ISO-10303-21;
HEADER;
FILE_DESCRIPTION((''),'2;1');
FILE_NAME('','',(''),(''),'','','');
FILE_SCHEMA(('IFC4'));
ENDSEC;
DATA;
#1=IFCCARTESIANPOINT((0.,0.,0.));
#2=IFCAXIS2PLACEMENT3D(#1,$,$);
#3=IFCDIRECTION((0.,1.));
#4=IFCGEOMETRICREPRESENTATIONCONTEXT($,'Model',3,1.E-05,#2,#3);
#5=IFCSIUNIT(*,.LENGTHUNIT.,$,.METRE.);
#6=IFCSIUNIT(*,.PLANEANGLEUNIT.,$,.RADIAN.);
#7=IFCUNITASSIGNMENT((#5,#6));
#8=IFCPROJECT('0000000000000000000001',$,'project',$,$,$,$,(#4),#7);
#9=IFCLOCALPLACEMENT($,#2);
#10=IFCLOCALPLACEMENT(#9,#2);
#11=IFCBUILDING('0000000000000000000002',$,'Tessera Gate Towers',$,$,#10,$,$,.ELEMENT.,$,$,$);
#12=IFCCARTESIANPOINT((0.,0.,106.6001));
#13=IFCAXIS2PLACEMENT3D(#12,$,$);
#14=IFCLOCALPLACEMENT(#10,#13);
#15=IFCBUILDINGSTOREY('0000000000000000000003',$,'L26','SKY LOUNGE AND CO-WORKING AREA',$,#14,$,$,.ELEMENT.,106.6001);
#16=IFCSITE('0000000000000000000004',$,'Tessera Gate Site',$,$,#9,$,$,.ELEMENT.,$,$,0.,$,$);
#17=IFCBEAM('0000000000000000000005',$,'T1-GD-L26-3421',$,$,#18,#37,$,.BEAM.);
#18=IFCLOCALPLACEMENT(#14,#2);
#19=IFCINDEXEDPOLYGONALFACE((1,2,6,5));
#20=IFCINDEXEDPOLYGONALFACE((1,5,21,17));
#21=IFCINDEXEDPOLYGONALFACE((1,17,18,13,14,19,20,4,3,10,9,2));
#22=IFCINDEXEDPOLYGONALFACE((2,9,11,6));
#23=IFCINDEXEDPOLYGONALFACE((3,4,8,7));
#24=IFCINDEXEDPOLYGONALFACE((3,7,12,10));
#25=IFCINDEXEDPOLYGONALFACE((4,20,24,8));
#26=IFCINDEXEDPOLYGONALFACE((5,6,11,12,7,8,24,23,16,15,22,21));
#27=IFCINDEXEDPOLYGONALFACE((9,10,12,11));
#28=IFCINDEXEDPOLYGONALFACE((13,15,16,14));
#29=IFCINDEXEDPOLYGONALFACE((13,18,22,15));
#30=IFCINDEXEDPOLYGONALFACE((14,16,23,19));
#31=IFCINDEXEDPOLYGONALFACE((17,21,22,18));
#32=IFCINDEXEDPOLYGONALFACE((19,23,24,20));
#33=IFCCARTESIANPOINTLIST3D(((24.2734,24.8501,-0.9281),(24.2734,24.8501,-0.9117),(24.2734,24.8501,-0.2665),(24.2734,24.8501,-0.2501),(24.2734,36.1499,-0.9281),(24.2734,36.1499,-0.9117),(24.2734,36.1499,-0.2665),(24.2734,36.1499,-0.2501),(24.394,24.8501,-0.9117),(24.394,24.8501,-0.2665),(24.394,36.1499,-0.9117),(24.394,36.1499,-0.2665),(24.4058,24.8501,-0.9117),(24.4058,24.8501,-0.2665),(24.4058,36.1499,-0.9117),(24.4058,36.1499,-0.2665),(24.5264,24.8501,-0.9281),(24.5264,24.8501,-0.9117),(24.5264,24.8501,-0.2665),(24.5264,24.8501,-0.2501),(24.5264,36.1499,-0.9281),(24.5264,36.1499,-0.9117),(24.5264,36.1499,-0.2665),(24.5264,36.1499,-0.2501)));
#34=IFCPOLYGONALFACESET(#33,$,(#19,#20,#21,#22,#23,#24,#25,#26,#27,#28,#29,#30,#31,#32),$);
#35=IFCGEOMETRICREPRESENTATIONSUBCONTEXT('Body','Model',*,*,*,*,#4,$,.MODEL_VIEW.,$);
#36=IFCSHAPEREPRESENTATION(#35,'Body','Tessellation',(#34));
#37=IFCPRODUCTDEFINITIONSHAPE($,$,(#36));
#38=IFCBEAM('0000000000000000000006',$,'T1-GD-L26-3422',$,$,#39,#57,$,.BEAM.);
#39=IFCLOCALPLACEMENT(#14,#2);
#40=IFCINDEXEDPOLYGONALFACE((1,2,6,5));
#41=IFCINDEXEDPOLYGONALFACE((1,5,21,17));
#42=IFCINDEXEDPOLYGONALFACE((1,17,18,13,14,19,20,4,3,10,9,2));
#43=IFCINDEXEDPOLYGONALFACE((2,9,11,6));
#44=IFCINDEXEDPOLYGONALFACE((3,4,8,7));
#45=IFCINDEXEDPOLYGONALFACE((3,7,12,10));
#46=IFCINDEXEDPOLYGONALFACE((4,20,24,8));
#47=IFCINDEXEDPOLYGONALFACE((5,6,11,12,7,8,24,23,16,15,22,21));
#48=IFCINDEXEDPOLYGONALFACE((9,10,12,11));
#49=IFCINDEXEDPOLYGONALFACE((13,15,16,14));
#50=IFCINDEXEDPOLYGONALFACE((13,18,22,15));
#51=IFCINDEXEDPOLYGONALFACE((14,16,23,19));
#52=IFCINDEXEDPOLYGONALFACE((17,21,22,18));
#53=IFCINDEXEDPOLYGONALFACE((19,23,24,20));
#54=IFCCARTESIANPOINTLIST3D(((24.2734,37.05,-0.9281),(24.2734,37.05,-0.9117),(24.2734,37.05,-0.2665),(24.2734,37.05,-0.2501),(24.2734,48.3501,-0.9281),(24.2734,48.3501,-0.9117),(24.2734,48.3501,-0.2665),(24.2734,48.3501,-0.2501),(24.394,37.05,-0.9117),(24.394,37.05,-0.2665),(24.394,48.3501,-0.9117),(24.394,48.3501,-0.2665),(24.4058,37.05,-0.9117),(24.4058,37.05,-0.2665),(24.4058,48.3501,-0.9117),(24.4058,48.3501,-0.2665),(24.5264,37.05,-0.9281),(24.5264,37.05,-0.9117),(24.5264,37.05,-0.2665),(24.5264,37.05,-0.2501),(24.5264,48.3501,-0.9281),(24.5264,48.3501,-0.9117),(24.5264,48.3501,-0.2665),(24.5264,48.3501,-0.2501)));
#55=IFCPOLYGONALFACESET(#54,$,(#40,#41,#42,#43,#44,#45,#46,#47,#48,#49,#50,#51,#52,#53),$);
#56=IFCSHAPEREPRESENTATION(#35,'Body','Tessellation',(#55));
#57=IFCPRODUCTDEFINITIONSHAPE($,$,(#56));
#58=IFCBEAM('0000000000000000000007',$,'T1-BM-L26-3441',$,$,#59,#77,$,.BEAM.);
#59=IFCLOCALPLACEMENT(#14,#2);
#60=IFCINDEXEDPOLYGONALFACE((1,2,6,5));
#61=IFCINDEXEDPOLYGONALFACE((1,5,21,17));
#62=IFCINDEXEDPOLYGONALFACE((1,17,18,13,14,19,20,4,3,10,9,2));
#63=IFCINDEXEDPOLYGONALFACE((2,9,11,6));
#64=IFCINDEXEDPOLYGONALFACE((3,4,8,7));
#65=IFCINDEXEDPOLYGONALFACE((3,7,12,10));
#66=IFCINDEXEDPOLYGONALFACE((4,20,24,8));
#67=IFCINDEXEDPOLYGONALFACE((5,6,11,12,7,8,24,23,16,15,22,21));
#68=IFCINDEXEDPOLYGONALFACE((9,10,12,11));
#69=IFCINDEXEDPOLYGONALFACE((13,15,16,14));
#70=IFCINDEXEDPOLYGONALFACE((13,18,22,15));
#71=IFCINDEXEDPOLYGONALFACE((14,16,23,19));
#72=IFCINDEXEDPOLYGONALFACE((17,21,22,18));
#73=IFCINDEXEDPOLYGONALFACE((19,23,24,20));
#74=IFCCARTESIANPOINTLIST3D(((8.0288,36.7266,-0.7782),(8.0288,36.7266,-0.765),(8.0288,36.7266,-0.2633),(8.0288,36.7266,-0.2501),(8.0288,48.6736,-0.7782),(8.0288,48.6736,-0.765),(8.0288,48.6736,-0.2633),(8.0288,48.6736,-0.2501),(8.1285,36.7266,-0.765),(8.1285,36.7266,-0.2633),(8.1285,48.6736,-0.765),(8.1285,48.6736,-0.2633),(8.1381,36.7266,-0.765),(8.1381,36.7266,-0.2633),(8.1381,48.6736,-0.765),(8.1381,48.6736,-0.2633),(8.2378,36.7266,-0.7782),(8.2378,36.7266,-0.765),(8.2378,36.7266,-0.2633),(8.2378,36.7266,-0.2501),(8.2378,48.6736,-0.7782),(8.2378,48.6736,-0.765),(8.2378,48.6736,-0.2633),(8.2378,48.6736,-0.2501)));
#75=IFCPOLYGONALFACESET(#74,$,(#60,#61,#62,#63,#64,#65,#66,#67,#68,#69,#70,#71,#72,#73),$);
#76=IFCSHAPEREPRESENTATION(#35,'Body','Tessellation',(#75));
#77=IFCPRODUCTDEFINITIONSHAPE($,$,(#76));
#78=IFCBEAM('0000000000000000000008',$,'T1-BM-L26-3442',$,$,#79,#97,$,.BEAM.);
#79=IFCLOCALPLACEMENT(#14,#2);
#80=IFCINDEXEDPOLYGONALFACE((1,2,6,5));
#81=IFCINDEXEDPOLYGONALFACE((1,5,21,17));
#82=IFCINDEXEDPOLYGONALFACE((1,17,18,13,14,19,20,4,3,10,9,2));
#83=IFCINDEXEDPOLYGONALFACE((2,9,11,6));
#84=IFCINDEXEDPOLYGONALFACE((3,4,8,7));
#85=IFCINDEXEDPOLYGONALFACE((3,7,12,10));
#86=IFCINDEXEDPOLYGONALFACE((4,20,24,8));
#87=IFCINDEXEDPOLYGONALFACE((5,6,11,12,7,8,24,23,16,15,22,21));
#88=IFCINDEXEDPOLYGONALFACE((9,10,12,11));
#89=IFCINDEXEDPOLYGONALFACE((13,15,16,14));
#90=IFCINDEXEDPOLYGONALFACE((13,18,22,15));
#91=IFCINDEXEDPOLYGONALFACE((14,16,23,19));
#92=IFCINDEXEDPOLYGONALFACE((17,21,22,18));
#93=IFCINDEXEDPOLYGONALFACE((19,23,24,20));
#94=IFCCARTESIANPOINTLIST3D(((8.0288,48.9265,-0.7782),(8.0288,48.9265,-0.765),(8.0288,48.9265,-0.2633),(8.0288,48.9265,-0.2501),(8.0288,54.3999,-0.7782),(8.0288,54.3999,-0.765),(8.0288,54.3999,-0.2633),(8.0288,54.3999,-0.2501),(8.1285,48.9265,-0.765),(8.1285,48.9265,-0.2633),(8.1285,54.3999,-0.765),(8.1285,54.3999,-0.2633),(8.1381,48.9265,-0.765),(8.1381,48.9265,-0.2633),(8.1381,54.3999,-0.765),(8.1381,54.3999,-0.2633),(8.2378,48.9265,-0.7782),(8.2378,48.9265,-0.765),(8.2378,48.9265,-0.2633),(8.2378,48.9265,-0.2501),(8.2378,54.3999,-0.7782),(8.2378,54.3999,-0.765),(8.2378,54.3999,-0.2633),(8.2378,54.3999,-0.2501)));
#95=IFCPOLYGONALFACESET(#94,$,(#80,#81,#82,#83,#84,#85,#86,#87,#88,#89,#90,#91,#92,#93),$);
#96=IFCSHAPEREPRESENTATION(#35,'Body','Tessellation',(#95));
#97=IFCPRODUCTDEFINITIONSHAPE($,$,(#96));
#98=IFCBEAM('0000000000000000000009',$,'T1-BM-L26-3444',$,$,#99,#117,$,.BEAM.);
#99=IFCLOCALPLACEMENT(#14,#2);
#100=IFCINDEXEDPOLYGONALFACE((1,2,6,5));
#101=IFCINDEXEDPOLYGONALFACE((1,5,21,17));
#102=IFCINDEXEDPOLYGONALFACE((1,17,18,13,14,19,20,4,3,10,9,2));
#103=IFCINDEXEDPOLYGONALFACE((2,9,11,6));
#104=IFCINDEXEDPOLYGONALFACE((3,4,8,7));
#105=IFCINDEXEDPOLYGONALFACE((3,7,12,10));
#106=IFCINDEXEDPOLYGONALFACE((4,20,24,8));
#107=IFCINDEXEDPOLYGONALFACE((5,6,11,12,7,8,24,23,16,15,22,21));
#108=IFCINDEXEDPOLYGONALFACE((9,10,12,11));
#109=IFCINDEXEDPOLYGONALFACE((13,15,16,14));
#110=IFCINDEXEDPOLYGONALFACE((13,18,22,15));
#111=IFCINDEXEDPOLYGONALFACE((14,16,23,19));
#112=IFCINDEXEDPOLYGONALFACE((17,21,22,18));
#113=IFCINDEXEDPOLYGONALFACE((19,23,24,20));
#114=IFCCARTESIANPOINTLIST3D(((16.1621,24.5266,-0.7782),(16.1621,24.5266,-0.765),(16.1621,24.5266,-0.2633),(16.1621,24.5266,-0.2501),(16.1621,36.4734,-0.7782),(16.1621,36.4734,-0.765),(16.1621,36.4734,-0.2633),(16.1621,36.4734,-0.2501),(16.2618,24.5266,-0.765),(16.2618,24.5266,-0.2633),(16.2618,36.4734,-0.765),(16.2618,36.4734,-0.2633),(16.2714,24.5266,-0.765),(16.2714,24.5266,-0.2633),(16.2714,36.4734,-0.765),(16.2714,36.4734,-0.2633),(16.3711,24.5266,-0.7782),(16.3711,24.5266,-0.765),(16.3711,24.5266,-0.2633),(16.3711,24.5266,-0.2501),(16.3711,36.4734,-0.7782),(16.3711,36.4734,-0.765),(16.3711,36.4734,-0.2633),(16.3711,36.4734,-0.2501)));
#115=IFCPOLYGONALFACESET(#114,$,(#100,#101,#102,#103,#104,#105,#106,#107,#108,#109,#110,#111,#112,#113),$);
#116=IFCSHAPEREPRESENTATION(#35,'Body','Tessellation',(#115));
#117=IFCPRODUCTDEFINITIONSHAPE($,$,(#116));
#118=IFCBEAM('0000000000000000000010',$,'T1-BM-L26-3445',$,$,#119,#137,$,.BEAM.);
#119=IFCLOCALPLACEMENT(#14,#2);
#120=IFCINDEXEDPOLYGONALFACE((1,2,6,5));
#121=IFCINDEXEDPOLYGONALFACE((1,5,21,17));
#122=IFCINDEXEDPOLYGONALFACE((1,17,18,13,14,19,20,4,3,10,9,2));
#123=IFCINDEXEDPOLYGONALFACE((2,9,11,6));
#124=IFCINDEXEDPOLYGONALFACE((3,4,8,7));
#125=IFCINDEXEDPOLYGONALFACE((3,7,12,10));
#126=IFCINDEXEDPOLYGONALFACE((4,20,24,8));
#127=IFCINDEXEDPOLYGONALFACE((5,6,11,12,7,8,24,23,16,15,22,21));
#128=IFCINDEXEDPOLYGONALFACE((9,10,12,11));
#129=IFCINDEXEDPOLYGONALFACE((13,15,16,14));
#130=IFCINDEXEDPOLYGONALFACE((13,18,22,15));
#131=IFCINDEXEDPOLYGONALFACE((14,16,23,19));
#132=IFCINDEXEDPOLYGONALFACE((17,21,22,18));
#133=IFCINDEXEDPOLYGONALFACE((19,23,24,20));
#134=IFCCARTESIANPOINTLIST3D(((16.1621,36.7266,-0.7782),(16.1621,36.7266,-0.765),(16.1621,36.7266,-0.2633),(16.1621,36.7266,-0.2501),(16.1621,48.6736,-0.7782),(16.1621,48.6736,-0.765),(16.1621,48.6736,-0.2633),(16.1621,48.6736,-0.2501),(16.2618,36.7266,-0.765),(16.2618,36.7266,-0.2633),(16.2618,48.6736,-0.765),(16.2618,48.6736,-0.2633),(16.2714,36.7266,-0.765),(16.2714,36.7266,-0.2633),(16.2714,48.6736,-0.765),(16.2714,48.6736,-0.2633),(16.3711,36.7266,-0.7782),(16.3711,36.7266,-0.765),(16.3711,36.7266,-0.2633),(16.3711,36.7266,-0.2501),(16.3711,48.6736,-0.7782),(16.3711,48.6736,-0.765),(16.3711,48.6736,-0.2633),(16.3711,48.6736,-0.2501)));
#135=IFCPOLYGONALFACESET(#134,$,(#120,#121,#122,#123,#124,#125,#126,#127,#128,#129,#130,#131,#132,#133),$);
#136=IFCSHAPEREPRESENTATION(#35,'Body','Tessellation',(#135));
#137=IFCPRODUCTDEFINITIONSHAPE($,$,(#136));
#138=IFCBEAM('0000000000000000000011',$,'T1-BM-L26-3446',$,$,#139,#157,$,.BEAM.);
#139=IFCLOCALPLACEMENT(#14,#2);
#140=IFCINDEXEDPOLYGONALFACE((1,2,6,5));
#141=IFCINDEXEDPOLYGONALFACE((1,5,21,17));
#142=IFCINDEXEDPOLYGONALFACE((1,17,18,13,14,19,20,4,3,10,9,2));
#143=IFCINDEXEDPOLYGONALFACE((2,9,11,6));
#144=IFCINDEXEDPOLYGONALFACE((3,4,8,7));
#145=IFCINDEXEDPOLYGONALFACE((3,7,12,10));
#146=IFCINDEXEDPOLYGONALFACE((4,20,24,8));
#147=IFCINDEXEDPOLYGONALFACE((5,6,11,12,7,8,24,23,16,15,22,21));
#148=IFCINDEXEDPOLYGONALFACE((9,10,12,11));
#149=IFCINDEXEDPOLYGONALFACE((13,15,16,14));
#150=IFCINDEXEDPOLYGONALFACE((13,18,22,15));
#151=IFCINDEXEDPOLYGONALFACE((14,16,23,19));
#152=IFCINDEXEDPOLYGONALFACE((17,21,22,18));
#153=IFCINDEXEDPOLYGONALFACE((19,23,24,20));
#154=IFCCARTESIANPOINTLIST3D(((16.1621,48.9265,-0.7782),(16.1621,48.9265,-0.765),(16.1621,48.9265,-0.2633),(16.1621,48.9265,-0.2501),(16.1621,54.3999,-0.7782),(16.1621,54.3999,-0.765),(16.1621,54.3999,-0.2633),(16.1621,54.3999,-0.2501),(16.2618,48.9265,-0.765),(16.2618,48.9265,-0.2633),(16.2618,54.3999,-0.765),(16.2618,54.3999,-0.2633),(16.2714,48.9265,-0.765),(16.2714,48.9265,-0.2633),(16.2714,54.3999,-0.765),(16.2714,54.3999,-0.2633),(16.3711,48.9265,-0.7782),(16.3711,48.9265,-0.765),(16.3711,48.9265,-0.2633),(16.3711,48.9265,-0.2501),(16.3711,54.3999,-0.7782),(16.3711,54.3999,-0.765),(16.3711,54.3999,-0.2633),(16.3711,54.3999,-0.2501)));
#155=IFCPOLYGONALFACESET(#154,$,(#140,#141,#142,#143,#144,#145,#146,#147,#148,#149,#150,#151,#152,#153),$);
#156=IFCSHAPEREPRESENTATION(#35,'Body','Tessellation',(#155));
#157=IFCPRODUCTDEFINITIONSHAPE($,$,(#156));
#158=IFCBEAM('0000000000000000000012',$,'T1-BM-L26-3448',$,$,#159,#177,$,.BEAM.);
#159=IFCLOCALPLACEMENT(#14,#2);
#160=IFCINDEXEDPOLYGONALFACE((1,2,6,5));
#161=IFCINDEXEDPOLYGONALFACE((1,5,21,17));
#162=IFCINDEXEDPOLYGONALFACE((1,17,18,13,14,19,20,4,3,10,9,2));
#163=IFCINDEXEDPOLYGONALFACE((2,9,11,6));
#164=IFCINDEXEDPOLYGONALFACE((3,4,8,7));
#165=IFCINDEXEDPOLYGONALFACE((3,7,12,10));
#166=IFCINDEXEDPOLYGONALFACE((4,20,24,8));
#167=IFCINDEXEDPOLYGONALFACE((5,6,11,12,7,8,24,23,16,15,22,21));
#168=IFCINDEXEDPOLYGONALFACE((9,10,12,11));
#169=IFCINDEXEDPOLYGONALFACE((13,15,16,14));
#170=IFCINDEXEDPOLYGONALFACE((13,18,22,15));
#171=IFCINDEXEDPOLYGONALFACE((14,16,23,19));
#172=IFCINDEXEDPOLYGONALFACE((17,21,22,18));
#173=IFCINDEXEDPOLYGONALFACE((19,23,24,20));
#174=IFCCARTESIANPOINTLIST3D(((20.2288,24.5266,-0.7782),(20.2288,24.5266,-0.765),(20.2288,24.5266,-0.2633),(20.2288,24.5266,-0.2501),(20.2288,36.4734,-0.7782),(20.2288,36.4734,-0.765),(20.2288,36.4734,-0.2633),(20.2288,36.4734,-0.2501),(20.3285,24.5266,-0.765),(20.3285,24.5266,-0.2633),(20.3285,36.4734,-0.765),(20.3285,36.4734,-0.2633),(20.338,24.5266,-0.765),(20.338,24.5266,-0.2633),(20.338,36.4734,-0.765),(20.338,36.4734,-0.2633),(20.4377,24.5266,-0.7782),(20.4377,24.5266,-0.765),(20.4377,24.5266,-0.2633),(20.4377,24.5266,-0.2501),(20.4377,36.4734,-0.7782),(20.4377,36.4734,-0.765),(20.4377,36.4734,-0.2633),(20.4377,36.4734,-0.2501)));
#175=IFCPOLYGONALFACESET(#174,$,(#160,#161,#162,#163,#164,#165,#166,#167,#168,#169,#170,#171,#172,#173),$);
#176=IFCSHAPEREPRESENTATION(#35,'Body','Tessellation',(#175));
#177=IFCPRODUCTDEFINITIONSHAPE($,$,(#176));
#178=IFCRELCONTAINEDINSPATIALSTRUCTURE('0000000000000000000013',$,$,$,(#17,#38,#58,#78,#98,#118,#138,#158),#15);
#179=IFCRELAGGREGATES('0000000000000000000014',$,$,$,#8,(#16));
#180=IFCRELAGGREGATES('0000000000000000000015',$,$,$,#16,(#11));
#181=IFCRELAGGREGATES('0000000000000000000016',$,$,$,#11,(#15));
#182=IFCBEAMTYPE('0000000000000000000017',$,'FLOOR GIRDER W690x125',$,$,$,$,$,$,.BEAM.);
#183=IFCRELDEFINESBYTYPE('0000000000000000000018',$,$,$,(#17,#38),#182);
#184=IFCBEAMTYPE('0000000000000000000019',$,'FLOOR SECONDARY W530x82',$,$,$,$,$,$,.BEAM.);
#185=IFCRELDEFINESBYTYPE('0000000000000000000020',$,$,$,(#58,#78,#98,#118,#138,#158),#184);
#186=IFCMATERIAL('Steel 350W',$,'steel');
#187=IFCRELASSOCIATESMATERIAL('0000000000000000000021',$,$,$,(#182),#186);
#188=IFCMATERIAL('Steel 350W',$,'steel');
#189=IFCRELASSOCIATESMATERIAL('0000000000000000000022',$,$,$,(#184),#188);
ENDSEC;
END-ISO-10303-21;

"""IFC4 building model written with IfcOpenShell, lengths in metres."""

from ifc_helpers import new_model, si_unit, direction, frame, origin, origin_2d, place, context, subcontext, project, spatial, i_section, extrude, material, material_profile, profile_set, type_object, element, save


model = new_model("IFC4")

# Units and contexts
model_context = context("Model", 3, precision=1e-05, world=origin(), true_north=direction((0.0, 1.0)))
body_context = subcontext(model_context, "Body", "Model", "MODEL_VIEW")
ifc_project = project(units=[si_unit("LENGTHUNIT", "METRE"), si_unit("PLANEANGLEUNIT", "RADIAN")], contexts=[model_context])

# Site, building, storey
site_placement = place(None, origin())
site = spatial("IfcSite", under=ifc_project, at=site_placement, Name="Tessera Gate Site", CompositionType="ELEMENT", RefElevation=0.0)
building_placement = place(site_placement, origin())
building = spatial("IfcBuilding", under=site, at=building_placement, Name="Tessera Gate Towers", CompositionType="ELEMENT")
storey_placement = place(building_placement, frame((0.0, 0.0, 106.6001)))
storey = spatial("IfcBuildingStorey", under=building, at=storey_placement, Name="L26", Description="SKY LOUNGE AND CO-WORKING AREA", CompositionType="ELEMENT", Elevation=106.6001)

# Beams
ifc_material_1 = material(Name="Steel 350W", Category="steel")
ifc_material_profile_1 = material_profile(ifc_material_1, i_section(OverallWidth=0.2529, OverallDepth=0.678, WebThickness=0.0117, FlangeThickness=0.0164, at=origin_2d()), Name="W690x125")
ifc_profile_set_1 = profile_set([ifc_material_profile_1], Name="Steel 350W")
beam_type_1 = type_object("IfcBeamType", Name="FLOOR GIRDER W690x125", PredefinedType="BEAM", material=ifc_profile_set_1)
beam_1_placement = place(storey_placement, frame((24.3999, 24.8501, -0.5891), z_axis=(0.0, 1.0, 0.0), x_axis=(-1.0, 0.0, 0.0)))
element("IfcBeam", 1, at=beam_1_placement, inside=storey, type_object=beam_type_1, Name="T1-GD-L26-3421", PredefinedType="BEAM", context=body_context, shape_type="SweptSolid", body=[
    extrude(i_section(OverallWidth=0.2529, OverallDepth=0.678, WebThickness=0.0117, FlangeThickness=0.0164, at=origin_2d()), origin(), (0.0, 0.0, 1.0), 11.2998),
])
beam_2_placement = place(storey_placement, frame((24.3999, 37.05, -0.5891), z_axis=(0.0, 1.0, 0.0), x_axis=(-1.0, 0.0, 0.0)))
element("IfcBeam", 2, at=beam_2_placement, inside=storey, type_object=beam_type_1, Name="T1-GD-L26-3422", PredefinedType="BEAM", context=body_context, shape_type="SweptSolid", body=[
    extrude(i_section(OverallWidth=0.2529, OverallDepth=0.678, WebThickness=0.0117, FlangeThickness=0.0164, at=origin_2d()), origin(), (0.0, 0.0, 1.0), 11.3),
])
ifc_material_2 = material(Name="Steel 350W", Category="steel")
ifc_material_profile_2 = material_profile(ifc_material_2, i_section(OverallWidth=0.209, OverallDepth=0.5281, WebThickness=0.0095, FlangeThickness=0.0132, at=origin_2d()), Name="W530x82")
ifc_profile_set_2 = profile_set([ifc_material_profile_2], Name="Steel 350W")
beam_type_2 = type_object("IfcBeamType", Name="FLOOR SECONDARY W530x82", PredefinedType="BEAM", material=ifc_profile_set_2)
beam_3_placement = place(storey_placement, frame((8.1333, 36.7266, -0.5142), z_axis=(0.0, 1.0, 0.0), x_axis=(-1.0, 0.0, 0.0)))
element("IfcBeam", 3, at=beam_3_placement, inside=storey, type_object=beam_type_2, Name="T1-BM-L26-3441", PredefinedType="BEAM", context=body_context, shape_type="SweptSolid", body=[
    extrude(i_section(OverallWidth=0.209, OverallDepth=0.5281, WebThickness=0.0095, FlangeThickness=0.0132, at=origin_2d()), origin(), (0.0, 0.0, 1.0), 11.947),
])
beam_4_placement = place(storey_placement, frame((8.1333, 48.9265, -0.5142), z_axis=(0.0, 1.0, 0.0), x_axis=(-1.0, 0.0, 0.0)))
element("IfcBeam", 4, at=beam_4_placement, inside=storey, type_object=beam_type_2, Name="T1-BM-L26-3442", PredefinedType="BEAM", context=body_context, shape_type="SweptSolid", body=[
    extrude(i_section(OverallWidth=0.209, OverallDepth=0.5281, WebThickness=0.0095, FlangeThickness=0.0132, at=origin_2d()), origin(), (0.0, 0.0, 1.0), 5.4734),
])
beam_5_placement = place(storey_placement, frame((16.2666, 24.5266, -0.5142), z_axis=(0.0, 1.0, 0.0), x_axis=(-1.0, 0.0, 0.0)))
element("IfcBeam", 5, at=beam_5_placement, inside=storey, type_object=beam_type_2, Name="T1-BM-L26-3444", PredefinedType="BEAM", context=body_context, shape_type="SweptSolid", body=[
    extrude(i_section(OverallWidth=0.209, OverallDepth=0.5281, WebThickness=0.0095, FlangeThickness=0.0132, at=origin_2d()), origin(), (0.0, 0.0, 1.0), 11.9468),
])
beam_6_placement = place(storey_placement, frame((16.2666, 36.7266, -0.5142), z_axis=(0.0, 1.0, 0.0), x_axis=(-1.0, 0.0, 0.0)))
element("IfcBeam", 6, at=beam_6_placement, inside=storey, type_object=beam_type_2, Name="T1-BM-L26-3445", PredefinedType="BEAM", context=body_context, shape_type="SweptSolid", body=[
    extrude(i_section(OverallWidth=0.209, OverallDepth=0.5281, WebThickness=0.0095, FlangeThickness=0.0132, at=origin_2d()), origin(), (0.0, 0.0, 1.0), 11.947),
])
beam_7_placement = place(storey_placement, frame((16.2666, 48.9265, -0.5142), z_axis=(0.0, 1.0, 0.0), x_axis=(-1.0, 0.0, 0.0)))
element("IfcBeam", 7, at=beam_7_placement, inside=storey, type_object=beam_type_2, Name="T1-BM-L26-3446", PredefinedType="BEAM", context=body_context, shape_type="SweptSolid", body=[
    extrude(i_section(OverallWidth=0.209, OverallDepth=0.5281, WebThickness=0.0095, FlangeThickness=0.0132, at=origin_2d()), origin(), (0.0, 0.0, 1.0), 5.4734),
])
beam_8_placement = place(storey_placement, frame((20.3333, 24.5266, -0.5142), z_axis=(0.0, 1.0, 0.0), x_axis=(-1.0, 0.0, 0.0)))
element("IfcBeam", 8, at=beam_8_placement, inside=storey, type_object=beam_type_2, Name="T1-BM-L26-3448", PredefinedType="BEAM", context=body_context, shape_type="SweptSolid", body=[
    extrude(i_section(OverallWidth=0.209, OverallDepth=0.5281, WebThickness=0.0095, FlangeThickness=0.0132, at=origin_2d()), origin(), (0.0, 0.0, 1.0), 11.9468),
])

save(model, "model.ifc")
